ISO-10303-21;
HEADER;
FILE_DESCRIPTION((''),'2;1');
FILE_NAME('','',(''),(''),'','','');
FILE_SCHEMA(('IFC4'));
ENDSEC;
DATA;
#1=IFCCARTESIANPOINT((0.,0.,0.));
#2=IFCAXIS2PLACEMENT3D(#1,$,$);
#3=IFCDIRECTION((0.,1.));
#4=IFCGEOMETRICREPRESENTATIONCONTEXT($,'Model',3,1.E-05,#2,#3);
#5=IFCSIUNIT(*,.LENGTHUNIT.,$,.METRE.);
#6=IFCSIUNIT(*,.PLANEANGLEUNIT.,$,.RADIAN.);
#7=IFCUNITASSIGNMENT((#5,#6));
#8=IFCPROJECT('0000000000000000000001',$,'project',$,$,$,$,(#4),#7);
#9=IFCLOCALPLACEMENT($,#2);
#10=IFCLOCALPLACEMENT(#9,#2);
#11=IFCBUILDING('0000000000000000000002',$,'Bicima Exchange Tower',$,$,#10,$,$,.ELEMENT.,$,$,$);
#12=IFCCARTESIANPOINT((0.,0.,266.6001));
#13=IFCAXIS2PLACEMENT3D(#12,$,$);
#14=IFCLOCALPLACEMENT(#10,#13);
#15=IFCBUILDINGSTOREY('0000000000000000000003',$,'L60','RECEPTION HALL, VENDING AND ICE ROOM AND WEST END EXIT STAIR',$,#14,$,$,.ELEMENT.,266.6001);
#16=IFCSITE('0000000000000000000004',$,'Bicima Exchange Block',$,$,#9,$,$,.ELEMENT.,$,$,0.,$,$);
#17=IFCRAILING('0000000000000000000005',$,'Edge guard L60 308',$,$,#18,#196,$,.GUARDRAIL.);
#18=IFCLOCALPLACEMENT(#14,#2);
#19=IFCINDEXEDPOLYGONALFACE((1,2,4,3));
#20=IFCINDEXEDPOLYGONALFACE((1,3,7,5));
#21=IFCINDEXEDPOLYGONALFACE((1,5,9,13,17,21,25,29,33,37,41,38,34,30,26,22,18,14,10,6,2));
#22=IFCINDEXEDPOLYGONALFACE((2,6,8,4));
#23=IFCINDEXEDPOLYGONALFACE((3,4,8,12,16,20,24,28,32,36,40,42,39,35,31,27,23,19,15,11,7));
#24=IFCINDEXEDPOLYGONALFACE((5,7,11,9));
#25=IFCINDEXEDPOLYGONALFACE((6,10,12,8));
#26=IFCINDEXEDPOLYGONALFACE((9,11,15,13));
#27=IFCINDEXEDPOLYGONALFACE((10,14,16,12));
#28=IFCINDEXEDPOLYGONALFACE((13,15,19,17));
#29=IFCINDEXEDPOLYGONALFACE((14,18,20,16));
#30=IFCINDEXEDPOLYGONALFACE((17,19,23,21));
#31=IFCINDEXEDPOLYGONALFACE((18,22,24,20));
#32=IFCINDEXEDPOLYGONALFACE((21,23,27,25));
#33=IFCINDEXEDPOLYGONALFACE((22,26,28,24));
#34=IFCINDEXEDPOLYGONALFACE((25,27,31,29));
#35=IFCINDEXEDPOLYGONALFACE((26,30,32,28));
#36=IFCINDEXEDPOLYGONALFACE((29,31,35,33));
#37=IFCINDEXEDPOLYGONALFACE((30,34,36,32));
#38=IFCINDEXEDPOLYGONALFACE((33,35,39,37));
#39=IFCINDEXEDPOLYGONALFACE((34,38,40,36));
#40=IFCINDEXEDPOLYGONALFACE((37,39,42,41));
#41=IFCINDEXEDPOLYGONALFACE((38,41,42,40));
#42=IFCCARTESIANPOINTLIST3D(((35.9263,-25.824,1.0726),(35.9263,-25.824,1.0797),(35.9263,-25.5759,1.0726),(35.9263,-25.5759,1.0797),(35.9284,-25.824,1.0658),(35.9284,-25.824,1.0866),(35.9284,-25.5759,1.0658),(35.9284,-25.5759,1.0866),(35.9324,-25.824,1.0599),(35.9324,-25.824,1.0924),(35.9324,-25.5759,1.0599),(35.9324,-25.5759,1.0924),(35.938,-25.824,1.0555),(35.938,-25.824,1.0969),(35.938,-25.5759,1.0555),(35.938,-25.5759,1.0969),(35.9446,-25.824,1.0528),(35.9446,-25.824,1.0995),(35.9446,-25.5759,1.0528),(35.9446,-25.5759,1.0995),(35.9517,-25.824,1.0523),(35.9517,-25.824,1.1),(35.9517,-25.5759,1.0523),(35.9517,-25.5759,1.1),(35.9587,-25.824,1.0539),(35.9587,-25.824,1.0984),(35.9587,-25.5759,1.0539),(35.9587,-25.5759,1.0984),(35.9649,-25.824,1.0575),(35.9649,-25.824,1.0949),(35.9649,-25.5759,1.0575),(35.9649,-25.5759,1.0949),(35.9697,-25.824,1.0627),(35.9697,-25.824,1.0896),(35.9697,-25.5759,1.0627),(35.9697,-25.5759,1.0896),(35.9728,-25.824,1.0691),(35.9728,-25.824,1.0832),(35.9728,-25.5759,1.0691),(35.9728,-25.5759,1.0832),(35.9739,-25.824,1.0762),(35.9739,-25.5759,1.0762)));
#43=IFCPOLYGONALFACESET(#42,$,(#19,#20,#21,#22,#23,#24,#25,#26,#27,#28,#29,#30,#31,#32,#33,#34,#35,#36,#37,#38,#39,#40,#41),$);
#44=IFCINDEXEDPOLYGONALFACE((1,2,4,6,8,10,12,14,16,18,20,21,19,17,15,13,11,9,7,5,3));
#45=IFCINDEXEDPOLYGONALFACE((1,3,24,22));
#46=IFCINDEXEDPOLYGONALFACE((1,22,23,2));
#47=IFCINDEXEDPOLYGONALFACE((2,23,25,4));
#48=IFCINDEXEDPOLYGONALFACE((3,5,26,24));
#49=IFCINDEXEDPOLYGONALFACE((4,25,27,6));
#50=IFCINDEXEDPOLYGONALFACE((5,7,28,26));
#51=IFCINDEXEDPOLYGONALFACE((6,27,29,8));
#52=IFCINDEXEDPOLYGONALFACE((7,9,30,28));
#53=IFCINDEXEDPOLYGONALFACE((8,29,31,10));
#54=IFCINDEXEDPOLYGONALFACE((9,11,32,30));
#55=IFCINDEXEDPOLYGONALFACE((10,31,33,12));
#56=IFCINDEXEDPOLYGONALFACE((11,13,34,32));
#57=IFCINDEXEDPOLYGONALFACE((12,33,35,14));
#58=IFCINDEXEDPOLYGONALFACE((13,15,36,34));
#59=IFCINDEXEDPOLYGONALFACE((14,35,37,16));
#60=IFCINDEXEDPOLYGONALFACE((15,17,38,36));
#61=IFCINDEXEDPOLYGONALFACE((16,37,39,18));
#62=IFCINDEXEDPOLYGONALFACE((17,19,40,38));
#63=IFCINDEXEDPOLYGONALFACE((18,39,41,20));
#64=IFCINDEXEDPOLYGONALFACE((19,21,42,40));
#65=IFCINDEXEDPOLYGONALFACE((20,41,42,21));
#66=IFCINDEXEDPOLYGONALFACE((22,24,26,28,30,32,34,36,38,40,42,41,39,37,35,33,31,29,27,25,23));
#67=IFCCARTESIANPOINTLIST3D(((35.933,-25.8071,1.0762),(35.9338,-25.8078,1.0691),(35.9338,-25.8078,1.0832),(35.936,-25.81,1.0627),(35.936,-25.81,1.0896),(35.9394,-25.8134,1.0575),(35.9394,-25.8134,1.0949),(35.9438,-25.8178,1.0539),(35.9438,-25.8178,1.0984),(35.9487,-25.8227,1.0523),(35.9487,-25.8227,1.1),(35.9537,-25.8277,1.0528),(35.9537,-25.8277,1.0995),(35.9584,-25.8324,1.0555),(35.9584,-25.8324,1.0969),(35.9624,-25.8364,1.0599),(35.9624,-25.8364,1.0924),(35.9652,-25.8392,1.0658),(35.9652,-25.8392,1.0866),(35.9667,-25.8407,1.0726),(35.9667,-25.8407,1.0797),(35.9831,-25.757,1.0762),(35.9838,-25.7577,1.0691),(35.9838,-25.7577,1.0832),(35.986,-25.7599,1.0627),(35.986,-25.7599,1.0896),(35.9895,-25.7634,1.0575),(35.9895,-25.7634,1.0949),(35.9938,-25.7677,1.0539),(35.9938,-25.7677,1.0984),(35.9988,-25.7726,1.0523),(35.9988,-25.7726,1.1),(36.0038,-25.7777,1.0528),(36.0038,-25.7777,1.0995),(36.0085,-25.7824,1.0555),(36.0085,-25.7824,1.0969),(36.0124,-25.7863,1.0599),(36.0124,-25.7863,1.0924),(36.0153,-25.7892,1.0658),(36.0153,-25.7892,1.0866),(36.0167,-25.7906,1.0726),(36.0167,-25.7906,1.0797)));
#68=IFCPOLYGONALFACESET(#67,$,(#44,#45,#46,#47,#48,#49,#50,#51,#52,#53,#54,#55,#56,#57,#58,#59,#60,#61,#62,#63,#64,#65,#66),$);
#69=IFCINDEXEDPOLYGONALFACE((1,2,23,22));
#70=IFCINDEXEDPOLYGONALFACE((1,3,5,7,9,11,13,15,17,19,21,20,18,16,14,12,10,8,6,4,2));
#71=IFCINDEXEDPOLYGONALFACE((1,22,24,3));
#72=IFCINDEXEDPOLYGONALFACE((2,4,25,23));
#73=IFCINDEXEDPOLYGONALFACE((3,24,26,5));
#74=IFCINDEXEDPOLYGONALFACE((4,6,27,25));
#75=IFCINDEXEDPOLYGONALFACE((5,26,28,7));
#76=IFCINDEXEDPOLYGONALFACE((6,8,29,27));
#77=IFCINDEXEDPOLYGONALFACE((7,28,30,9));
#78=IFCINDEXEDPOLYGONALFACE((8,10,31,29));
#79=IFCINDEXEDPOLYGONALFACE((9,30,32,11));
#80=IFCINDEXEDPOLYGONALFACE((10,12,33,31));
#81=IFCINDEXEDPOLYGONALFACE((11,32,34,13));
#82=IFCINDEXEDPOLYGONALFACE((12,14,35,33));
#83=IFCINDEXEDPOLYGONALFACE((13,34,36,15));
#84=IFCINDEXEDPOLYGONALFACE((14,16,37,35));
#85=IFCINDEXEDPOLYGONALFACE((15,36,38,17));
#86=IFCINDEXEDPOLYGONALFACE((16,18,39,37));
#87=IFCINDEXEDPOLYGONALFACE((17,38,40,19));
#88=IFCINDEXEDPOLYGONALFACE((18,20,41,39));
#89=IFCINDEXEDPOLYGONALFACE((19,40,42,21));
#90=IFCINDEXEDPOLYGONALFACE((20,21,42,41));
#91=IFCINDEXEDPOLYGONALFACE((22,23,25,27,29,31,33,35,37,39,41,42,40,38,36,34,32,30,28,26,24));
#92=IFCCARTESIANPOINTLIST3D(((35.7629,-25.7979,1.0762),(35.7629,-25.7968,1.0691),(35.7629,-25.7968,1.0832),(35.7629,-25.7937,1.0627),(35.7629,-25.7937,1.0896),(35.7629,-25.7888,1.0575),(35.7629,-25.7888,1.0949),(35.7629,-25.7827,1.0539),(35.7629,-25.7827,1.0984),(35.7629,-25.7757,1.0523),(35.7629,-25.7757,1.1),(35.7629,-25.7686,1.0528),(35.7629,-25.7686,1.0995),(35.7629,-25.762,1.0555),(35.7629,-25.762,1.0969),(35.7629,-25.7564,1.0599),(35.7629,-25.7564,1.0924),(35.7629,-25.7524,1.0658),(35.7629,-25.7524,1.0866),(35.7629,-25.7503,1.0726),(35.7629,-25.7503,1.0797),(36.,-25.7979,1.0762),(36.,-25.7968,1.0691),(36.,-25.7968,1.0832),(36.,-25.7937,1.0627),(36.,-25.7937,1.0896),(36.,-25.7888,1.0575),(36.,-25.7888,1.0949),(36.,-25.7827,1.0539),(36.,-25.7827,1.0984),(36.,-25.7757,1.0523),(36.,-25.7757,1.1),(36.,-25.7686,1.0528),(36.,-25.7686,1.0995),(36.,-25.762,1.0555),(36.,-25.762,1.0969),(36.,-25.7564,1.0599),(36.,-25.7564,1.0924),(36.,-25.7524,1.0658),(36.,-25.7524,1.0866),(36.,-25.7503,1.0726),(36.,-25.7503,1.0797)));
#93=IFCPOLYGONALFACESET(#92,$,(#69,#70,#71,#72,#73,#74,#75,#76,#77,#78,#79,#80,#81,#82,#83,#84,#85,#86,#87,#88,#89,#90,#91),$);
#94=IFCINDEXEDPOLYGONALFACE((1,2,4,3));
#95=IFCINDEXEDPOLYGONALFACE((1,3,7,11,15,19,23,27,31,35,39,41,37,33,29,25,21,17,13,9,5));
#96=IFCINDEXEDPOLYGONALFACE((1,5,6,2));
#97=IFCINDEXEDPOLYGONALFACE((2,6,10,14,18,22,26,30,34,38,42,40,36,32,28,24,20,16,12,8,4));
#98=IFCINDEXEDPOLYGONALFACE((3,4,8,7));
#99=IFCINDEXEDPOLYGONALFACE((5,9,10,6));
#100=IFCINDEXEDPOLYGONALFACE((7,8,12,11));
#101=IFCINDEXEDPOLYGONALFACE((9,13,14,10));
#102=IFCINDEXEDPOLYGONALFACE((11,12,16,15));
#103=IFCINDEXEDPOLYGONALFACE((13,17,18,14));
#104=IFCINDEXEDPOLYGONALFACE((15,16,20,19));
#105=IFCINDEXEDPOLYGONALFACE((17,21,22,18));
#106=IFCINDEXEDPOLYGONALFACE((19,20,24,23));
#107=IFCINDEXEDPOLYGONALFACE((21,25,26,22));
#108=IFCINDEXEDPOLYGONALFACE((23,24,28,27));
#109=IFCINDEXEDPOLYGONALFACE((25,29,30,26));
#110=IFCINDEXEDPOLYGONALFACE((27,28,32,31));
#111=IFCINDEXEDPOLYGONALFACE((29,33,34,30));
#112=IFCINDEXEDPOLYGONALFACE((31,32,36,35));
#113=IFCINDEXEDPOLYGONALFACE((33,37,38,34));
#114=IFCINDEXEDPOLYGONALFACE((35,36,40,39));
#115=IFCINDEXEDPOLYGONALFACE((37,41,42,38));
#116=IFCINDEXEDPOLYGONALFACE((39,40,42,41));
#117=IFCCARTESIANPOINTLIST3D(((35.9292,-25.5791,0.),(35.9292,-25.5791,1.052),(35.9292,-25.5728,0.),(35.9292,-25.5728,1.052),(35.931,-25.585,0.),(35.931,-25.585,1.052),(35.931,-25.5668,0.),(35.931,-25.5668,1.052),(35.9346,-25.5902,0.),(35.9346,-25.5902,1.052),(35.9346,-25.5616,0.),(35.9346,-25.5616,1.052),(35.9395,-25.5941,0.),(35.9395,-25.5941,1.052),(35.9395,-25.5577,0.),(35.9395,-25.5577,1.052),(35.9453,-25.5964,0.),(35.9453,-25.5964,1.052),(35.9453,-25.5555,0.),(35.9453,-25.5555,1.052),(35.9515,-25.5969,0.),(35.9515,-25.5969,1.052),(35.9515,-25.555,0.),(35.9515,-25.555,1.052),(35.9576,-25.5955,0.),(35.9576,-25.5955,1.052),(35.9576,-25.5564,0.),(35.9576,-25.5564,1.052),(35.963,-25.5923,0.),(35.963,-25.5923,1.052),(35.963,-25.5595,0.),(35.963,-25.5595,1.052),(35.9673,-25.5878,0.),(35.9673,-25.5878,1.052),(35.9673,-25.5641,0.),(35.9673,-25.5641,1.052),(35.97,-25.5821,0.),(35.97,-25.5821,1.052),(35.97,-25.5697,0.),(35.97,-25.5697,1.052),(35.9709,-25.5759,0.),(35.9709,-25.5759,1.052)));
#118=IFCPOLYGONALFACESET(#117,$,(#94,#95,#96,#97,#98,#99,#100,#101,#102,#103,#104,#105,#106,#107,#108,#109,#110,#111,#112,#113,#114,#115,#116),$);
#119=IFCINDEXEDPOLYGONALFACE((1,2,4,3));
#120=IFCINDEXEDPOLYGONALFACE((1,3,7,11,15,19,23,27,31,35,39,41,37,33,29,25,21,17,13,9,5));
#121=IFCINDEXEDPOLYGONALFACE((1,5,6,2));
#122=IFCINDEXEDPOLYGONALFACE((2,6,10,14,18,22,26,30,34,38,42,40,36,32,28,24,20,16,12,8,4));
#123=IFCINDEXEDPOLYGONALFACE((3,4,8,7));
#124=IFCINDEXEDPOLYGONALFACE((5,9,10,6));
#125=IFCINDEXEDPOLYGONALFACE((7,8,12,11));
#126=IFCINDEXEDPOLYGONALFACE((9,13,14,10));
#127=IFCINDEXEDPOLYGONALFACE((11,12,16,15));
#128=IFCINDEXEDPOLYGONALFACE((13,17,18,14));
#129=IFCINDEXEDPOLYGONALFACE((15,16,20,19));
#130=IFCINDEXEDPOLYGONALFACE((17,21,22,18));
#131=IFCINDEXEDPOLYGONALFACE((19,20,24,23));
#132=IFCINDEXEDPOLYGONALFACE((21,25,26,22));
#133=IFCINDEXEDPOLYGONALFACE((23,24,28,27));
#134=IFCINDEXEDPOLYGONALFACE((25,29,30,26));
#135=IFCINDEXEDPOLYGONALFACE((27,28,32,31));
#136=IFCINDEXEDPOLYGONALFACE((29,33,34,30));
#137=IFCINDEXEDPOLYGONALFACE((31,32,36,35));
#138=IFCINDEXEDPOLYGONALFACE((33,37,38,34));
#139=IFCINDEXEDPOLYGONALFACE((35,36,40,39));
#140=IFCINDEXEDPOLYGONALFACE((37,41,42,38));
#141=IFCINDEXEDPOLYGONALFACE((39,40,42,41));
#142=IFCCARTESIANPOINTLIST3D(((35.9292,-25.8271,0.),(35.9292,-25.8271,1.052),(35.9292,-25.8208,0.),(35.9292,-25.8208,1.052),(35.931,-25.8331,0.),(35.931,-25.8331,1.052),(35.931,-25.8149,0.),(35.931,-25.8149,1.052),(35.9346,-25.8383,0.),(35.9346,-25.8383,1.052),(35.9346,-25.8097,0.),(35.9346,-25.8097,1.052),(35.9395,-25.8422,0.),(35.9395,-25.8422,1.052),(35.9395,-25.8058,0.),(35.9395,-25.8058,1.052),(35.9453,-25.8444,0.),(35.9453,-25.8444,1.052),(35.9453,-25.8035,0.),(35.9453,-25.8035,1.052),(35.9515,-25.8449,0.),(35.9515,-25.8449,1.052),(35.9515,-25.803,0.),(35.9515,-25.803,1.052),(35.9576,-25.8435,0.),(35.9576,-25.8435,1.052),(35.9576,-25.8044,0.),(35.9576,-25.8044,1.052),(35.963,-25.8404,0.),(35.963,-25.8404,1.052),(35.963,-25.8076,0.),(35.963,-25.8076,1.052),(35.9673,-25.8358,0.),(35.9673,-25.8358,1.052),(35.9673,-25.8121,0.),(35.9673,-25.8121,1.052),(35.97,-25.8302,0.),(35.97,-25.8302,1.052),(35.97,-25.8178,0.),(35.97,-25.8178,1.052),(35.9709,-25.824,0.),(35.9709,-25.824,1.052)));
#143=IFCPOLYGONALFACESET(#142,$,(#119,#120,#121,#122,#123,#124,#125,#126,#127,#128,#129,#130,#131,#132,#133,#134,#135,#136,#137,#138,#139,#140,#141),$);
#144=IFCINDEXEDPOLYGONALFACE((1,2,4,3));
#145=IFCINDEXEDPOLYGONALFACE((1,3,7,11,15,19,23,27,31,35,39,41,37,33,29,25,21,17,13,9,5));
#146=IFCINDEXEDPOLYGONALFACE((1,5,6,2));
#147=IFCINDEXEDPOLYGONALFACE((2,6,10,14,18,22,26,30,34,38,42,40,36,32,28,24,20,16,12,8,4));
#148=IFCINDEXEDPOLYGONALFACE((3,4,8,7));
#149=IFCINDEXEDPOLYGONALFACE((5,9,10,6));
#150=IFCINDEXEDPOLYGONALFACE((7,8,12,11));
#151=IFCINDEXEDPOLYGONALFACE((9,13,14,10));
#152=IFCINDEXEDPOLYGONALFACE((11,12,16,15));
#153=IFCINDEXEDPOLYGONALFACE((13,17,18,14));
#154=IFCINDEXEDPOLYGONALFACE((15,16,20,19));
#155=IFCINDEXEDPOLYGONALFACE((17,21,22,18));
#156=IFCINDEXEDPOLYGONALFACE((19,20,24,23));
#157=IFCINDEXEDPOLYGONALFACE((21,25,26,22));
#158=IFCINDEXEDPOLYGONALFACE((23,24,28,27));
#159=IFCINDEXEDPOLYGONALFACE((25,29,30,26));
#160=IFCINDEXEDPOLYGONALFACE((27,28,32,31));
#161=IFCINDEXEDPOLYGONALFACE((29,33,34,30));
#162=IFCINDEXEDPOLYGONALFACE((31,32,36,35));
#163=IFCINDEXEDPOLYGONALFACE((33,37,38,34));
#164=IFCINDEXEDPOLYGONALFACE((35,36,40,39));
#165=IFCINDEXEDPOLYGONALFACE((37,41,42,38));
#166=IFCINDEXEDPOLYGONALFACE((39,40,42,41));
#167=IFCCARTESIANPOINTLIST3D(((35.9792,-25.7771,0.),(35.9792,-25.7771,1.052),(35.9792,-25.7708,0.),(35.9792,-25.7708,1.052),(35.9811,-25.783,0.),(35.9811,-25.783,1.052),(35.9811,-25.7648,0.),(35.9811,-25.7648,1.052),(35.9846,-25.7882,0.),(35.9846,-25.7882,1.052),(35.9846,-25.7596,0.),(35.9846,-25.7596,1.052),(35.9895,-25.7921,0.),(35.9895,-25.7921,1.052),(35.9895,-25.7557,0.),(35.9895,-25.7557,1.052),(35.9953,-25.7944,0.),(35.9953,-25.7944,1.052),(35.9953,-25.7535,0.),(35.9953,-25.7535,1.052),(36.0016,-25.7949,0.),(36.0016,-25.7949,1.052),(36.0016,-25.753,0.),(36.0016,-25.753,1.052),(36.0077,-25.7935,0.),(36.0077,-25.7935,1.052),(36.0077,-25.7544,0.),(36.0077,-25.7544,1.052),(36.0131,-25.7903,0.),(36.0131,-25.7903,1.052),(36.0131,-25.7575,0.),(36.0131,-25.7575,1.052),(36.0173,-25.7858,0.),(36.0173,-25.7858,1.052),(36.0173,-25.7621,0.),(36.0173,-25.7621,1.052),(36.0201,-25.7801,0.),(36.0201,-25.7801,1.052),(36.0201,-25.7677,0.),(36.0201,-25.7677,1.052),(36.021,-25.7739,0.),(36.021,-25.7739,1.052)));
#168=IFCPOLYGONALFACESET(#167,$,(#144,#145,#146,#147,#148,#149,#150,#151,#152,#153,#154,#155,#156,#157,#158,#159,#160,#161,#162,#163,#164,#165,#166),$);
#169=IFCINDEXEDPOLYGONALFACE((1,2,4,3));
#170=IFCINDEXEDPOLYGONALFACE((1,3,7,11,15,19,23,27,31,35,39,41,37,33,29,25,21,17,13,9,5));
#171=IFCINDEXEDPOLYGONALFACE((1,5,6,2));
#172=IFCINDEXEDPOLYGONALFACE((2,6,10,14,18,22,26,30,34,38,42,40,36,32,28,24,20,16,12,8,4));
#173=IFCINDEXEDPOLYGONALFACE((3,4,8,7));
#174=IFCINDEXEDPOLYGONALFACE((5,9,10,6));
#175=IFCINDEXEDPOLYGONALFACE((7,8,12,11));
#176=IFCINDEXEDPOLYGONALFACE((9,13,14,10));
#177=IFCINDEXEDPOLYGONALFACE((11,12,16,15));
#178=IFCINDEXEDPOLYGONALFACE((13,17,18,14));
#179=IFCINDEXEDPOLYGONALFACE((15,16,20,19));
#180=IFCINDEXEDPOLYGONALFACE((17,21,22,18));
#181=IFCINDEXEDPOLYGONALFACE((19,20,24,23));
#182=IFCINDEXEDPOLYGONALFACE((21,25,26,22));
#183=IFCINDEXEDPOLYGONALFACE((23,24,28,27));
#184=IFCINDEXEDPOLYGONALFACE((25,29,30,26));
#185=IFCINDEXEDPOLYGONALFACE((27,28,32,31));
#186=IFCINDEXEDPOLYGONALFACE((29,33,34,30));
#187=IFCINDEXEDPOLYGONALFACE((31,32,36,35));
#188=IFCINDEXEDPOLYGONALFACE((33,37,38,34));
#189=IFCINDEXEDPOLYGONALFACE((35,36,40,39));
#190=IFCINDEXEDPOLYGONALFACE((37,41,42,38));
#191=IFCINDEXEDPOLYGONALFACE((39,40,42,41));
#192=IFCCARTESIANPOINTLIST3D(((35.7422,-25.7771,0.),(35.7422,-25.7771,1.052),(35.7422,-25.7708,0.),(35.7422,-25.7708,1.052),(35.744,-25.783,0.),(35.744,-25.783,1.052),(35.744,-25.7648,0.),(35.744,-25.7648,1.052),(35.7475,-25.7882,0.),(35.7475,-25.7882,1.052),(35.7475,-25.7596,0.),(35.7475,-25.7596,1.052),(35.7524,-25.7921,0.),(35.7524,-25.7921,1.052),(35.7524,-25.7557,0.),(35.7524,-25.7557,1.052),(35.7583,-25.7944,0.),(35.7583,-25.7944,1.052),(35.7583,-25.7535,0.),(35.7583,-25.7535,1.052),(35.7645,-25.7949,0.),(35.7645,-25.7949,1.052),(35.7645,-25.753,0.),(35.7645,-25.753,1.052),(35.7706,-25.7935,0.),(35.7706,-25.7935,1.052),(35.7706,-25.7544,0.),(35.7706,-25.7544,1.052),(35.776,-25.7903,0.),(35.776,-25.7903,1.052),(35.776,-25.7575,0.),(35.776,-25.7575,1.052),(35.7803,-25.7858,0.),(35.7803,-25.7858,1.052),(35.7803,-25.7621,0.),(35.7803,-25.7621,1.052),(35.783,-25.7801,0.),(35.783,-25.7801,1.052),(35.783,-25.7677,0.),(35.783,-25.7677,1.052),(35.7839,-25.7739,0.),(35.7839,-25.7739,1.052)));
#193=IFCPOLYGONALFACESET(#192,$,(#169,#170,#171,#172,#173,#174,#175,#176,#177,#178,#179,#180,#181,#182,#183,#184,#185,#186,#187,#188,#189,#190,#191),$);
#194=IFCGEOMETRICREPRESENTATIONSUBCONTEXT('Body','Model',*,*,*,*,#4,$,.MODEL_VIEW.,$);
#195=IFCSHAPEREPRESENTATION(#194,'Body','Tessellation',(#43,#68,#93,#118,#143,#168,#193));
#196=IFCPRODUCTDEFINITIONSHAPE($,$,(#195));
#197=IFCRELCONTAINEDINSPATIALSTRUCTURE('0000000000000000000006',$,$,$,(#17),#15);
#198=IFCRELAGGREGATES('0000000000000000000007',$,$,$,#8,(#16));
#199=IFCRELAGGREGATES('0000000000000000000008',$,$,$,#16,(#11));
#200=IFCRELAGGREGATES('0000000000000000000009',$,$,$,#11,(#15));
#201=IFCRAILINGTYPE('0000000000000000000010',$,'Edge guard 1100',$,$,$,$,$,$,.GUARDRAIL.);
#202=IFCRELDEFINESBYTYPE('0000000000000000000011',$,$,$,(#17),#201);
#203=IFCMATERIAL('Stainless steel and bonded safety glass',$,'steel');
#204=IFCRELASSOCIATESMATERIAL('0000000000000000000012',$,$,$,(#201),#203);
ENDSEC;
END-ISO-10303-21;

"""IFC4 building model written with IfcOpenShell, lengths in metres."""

from ifc_helpers import new_model, si_unit, direction, frame, origin, origin_2d, place, context, subcontext, project, spatial, circle, extrude, material, type_object, element, save


model = new_model("IFC4")

# Units and contexts
model_context = context("Model", 3, precision=1e-05, world=origin(), true_north=direction((0.0, 1.0)))
body_context = subcontext(model_context, "Body", "Model", "MODEL_VIEW")
ifc_project = project(units=[si_unit("LENGTHUNIT", "METRE"), si_unit("PLANEANGLEUNIT", "RADIAN")], contexts=[model_context])

# Site, building, storey
site_placement = place(None, origin())
site = spatial("IfcSite", under=ifc_project, at=site_placement, Name="Bicima Exchange Block", CompositionType="ELEMENT", RefElevation=0.0)
building_placement = place(site_placement, origin())
building = spatial("IfcBuilding", under=site, at=building_placement, Name="Bicima Exchange Tower", CompositionType="ELEMENT")
storey_placement = place(building_placement, frame((0.0, 0.0, 266.6001)))
storey = spatial("IfcBuildingStorey", under=building, at=storey_placement, Name="L60", Description="RECEPTION HALL, VENDING AND ICE ROOM AND WEST END EXIT STAIR", CompositionType="ELEMENT", Elevation=266.6001)

# Railing
ifc_material_1 = material(Name="Stainless steel and bonded safety glass", Category="steel")
railing_type = type_object("IfcRailingType", Name="Edge guard 1100", PredefinedType="GUARDRAIL", material=ifc_material_1)
railing_placement = place(storey_placement, frame((35.95, -25.5759, 0.0)))
element("IfcRailing", 1, at=railing_placement, inside=storey, type_object=railing_type, Name="Edge guard L60 308", PredefinedType="GUARDRAIL", context=body_context, shape_type="SweptSolid", body=[
    extrude(circle(Radius=0.0239, at=origin_2d()), frame((0.0, 0.0, 1.0762), z_axis=(0.0, -1.0, 0.0), x_axis=(1.0, 0.0, 0.0)), (0.0, 0.0, 1.0), 0.248),
    extrude(circle(Radius=0.0239, at=origin_2d()), frame((0.0, -0.248, 1.0762), z_axis=(0.707107, 0.707107, 0.0), x_axis=(-0.707107, 0.707107, 0.0)), (0.0, 0.0, 1.0), 0.0708),
    extrude(circle(Radius=0.0239, at=origin_2d()), frame((0.05, -0.198, 1.0762), z_axis=(-1.0, 0.0, 0.0), x_axis=(0.0, -1.0, 0.0)), (0.0, 0.0, 1.0), 0.2371),
    extrude(circle(Radius=0.021, at=origin_2d()), origin(), (0.0, 0.0, 1.0), 1.052),
    extrude(circle(Radius=0.021, at=origin_2d()), frame((0.0, -0.248, 0.0)), (0.0, 0.0, 1.0), 1.052),
    extrude(circle(Radius=0.021, at=origin_2d()), frame((0.05, -0.198, 0.0)), (0.0, 0.0, 1.0), 1.052),
    extrude(circle(Radius=0.021, at=origin_2d()), frame((-0.187, -0.198, 0.0)), (0.0, 0.0, 1.0), 1.052),
])

save(model, "model.ifc")
